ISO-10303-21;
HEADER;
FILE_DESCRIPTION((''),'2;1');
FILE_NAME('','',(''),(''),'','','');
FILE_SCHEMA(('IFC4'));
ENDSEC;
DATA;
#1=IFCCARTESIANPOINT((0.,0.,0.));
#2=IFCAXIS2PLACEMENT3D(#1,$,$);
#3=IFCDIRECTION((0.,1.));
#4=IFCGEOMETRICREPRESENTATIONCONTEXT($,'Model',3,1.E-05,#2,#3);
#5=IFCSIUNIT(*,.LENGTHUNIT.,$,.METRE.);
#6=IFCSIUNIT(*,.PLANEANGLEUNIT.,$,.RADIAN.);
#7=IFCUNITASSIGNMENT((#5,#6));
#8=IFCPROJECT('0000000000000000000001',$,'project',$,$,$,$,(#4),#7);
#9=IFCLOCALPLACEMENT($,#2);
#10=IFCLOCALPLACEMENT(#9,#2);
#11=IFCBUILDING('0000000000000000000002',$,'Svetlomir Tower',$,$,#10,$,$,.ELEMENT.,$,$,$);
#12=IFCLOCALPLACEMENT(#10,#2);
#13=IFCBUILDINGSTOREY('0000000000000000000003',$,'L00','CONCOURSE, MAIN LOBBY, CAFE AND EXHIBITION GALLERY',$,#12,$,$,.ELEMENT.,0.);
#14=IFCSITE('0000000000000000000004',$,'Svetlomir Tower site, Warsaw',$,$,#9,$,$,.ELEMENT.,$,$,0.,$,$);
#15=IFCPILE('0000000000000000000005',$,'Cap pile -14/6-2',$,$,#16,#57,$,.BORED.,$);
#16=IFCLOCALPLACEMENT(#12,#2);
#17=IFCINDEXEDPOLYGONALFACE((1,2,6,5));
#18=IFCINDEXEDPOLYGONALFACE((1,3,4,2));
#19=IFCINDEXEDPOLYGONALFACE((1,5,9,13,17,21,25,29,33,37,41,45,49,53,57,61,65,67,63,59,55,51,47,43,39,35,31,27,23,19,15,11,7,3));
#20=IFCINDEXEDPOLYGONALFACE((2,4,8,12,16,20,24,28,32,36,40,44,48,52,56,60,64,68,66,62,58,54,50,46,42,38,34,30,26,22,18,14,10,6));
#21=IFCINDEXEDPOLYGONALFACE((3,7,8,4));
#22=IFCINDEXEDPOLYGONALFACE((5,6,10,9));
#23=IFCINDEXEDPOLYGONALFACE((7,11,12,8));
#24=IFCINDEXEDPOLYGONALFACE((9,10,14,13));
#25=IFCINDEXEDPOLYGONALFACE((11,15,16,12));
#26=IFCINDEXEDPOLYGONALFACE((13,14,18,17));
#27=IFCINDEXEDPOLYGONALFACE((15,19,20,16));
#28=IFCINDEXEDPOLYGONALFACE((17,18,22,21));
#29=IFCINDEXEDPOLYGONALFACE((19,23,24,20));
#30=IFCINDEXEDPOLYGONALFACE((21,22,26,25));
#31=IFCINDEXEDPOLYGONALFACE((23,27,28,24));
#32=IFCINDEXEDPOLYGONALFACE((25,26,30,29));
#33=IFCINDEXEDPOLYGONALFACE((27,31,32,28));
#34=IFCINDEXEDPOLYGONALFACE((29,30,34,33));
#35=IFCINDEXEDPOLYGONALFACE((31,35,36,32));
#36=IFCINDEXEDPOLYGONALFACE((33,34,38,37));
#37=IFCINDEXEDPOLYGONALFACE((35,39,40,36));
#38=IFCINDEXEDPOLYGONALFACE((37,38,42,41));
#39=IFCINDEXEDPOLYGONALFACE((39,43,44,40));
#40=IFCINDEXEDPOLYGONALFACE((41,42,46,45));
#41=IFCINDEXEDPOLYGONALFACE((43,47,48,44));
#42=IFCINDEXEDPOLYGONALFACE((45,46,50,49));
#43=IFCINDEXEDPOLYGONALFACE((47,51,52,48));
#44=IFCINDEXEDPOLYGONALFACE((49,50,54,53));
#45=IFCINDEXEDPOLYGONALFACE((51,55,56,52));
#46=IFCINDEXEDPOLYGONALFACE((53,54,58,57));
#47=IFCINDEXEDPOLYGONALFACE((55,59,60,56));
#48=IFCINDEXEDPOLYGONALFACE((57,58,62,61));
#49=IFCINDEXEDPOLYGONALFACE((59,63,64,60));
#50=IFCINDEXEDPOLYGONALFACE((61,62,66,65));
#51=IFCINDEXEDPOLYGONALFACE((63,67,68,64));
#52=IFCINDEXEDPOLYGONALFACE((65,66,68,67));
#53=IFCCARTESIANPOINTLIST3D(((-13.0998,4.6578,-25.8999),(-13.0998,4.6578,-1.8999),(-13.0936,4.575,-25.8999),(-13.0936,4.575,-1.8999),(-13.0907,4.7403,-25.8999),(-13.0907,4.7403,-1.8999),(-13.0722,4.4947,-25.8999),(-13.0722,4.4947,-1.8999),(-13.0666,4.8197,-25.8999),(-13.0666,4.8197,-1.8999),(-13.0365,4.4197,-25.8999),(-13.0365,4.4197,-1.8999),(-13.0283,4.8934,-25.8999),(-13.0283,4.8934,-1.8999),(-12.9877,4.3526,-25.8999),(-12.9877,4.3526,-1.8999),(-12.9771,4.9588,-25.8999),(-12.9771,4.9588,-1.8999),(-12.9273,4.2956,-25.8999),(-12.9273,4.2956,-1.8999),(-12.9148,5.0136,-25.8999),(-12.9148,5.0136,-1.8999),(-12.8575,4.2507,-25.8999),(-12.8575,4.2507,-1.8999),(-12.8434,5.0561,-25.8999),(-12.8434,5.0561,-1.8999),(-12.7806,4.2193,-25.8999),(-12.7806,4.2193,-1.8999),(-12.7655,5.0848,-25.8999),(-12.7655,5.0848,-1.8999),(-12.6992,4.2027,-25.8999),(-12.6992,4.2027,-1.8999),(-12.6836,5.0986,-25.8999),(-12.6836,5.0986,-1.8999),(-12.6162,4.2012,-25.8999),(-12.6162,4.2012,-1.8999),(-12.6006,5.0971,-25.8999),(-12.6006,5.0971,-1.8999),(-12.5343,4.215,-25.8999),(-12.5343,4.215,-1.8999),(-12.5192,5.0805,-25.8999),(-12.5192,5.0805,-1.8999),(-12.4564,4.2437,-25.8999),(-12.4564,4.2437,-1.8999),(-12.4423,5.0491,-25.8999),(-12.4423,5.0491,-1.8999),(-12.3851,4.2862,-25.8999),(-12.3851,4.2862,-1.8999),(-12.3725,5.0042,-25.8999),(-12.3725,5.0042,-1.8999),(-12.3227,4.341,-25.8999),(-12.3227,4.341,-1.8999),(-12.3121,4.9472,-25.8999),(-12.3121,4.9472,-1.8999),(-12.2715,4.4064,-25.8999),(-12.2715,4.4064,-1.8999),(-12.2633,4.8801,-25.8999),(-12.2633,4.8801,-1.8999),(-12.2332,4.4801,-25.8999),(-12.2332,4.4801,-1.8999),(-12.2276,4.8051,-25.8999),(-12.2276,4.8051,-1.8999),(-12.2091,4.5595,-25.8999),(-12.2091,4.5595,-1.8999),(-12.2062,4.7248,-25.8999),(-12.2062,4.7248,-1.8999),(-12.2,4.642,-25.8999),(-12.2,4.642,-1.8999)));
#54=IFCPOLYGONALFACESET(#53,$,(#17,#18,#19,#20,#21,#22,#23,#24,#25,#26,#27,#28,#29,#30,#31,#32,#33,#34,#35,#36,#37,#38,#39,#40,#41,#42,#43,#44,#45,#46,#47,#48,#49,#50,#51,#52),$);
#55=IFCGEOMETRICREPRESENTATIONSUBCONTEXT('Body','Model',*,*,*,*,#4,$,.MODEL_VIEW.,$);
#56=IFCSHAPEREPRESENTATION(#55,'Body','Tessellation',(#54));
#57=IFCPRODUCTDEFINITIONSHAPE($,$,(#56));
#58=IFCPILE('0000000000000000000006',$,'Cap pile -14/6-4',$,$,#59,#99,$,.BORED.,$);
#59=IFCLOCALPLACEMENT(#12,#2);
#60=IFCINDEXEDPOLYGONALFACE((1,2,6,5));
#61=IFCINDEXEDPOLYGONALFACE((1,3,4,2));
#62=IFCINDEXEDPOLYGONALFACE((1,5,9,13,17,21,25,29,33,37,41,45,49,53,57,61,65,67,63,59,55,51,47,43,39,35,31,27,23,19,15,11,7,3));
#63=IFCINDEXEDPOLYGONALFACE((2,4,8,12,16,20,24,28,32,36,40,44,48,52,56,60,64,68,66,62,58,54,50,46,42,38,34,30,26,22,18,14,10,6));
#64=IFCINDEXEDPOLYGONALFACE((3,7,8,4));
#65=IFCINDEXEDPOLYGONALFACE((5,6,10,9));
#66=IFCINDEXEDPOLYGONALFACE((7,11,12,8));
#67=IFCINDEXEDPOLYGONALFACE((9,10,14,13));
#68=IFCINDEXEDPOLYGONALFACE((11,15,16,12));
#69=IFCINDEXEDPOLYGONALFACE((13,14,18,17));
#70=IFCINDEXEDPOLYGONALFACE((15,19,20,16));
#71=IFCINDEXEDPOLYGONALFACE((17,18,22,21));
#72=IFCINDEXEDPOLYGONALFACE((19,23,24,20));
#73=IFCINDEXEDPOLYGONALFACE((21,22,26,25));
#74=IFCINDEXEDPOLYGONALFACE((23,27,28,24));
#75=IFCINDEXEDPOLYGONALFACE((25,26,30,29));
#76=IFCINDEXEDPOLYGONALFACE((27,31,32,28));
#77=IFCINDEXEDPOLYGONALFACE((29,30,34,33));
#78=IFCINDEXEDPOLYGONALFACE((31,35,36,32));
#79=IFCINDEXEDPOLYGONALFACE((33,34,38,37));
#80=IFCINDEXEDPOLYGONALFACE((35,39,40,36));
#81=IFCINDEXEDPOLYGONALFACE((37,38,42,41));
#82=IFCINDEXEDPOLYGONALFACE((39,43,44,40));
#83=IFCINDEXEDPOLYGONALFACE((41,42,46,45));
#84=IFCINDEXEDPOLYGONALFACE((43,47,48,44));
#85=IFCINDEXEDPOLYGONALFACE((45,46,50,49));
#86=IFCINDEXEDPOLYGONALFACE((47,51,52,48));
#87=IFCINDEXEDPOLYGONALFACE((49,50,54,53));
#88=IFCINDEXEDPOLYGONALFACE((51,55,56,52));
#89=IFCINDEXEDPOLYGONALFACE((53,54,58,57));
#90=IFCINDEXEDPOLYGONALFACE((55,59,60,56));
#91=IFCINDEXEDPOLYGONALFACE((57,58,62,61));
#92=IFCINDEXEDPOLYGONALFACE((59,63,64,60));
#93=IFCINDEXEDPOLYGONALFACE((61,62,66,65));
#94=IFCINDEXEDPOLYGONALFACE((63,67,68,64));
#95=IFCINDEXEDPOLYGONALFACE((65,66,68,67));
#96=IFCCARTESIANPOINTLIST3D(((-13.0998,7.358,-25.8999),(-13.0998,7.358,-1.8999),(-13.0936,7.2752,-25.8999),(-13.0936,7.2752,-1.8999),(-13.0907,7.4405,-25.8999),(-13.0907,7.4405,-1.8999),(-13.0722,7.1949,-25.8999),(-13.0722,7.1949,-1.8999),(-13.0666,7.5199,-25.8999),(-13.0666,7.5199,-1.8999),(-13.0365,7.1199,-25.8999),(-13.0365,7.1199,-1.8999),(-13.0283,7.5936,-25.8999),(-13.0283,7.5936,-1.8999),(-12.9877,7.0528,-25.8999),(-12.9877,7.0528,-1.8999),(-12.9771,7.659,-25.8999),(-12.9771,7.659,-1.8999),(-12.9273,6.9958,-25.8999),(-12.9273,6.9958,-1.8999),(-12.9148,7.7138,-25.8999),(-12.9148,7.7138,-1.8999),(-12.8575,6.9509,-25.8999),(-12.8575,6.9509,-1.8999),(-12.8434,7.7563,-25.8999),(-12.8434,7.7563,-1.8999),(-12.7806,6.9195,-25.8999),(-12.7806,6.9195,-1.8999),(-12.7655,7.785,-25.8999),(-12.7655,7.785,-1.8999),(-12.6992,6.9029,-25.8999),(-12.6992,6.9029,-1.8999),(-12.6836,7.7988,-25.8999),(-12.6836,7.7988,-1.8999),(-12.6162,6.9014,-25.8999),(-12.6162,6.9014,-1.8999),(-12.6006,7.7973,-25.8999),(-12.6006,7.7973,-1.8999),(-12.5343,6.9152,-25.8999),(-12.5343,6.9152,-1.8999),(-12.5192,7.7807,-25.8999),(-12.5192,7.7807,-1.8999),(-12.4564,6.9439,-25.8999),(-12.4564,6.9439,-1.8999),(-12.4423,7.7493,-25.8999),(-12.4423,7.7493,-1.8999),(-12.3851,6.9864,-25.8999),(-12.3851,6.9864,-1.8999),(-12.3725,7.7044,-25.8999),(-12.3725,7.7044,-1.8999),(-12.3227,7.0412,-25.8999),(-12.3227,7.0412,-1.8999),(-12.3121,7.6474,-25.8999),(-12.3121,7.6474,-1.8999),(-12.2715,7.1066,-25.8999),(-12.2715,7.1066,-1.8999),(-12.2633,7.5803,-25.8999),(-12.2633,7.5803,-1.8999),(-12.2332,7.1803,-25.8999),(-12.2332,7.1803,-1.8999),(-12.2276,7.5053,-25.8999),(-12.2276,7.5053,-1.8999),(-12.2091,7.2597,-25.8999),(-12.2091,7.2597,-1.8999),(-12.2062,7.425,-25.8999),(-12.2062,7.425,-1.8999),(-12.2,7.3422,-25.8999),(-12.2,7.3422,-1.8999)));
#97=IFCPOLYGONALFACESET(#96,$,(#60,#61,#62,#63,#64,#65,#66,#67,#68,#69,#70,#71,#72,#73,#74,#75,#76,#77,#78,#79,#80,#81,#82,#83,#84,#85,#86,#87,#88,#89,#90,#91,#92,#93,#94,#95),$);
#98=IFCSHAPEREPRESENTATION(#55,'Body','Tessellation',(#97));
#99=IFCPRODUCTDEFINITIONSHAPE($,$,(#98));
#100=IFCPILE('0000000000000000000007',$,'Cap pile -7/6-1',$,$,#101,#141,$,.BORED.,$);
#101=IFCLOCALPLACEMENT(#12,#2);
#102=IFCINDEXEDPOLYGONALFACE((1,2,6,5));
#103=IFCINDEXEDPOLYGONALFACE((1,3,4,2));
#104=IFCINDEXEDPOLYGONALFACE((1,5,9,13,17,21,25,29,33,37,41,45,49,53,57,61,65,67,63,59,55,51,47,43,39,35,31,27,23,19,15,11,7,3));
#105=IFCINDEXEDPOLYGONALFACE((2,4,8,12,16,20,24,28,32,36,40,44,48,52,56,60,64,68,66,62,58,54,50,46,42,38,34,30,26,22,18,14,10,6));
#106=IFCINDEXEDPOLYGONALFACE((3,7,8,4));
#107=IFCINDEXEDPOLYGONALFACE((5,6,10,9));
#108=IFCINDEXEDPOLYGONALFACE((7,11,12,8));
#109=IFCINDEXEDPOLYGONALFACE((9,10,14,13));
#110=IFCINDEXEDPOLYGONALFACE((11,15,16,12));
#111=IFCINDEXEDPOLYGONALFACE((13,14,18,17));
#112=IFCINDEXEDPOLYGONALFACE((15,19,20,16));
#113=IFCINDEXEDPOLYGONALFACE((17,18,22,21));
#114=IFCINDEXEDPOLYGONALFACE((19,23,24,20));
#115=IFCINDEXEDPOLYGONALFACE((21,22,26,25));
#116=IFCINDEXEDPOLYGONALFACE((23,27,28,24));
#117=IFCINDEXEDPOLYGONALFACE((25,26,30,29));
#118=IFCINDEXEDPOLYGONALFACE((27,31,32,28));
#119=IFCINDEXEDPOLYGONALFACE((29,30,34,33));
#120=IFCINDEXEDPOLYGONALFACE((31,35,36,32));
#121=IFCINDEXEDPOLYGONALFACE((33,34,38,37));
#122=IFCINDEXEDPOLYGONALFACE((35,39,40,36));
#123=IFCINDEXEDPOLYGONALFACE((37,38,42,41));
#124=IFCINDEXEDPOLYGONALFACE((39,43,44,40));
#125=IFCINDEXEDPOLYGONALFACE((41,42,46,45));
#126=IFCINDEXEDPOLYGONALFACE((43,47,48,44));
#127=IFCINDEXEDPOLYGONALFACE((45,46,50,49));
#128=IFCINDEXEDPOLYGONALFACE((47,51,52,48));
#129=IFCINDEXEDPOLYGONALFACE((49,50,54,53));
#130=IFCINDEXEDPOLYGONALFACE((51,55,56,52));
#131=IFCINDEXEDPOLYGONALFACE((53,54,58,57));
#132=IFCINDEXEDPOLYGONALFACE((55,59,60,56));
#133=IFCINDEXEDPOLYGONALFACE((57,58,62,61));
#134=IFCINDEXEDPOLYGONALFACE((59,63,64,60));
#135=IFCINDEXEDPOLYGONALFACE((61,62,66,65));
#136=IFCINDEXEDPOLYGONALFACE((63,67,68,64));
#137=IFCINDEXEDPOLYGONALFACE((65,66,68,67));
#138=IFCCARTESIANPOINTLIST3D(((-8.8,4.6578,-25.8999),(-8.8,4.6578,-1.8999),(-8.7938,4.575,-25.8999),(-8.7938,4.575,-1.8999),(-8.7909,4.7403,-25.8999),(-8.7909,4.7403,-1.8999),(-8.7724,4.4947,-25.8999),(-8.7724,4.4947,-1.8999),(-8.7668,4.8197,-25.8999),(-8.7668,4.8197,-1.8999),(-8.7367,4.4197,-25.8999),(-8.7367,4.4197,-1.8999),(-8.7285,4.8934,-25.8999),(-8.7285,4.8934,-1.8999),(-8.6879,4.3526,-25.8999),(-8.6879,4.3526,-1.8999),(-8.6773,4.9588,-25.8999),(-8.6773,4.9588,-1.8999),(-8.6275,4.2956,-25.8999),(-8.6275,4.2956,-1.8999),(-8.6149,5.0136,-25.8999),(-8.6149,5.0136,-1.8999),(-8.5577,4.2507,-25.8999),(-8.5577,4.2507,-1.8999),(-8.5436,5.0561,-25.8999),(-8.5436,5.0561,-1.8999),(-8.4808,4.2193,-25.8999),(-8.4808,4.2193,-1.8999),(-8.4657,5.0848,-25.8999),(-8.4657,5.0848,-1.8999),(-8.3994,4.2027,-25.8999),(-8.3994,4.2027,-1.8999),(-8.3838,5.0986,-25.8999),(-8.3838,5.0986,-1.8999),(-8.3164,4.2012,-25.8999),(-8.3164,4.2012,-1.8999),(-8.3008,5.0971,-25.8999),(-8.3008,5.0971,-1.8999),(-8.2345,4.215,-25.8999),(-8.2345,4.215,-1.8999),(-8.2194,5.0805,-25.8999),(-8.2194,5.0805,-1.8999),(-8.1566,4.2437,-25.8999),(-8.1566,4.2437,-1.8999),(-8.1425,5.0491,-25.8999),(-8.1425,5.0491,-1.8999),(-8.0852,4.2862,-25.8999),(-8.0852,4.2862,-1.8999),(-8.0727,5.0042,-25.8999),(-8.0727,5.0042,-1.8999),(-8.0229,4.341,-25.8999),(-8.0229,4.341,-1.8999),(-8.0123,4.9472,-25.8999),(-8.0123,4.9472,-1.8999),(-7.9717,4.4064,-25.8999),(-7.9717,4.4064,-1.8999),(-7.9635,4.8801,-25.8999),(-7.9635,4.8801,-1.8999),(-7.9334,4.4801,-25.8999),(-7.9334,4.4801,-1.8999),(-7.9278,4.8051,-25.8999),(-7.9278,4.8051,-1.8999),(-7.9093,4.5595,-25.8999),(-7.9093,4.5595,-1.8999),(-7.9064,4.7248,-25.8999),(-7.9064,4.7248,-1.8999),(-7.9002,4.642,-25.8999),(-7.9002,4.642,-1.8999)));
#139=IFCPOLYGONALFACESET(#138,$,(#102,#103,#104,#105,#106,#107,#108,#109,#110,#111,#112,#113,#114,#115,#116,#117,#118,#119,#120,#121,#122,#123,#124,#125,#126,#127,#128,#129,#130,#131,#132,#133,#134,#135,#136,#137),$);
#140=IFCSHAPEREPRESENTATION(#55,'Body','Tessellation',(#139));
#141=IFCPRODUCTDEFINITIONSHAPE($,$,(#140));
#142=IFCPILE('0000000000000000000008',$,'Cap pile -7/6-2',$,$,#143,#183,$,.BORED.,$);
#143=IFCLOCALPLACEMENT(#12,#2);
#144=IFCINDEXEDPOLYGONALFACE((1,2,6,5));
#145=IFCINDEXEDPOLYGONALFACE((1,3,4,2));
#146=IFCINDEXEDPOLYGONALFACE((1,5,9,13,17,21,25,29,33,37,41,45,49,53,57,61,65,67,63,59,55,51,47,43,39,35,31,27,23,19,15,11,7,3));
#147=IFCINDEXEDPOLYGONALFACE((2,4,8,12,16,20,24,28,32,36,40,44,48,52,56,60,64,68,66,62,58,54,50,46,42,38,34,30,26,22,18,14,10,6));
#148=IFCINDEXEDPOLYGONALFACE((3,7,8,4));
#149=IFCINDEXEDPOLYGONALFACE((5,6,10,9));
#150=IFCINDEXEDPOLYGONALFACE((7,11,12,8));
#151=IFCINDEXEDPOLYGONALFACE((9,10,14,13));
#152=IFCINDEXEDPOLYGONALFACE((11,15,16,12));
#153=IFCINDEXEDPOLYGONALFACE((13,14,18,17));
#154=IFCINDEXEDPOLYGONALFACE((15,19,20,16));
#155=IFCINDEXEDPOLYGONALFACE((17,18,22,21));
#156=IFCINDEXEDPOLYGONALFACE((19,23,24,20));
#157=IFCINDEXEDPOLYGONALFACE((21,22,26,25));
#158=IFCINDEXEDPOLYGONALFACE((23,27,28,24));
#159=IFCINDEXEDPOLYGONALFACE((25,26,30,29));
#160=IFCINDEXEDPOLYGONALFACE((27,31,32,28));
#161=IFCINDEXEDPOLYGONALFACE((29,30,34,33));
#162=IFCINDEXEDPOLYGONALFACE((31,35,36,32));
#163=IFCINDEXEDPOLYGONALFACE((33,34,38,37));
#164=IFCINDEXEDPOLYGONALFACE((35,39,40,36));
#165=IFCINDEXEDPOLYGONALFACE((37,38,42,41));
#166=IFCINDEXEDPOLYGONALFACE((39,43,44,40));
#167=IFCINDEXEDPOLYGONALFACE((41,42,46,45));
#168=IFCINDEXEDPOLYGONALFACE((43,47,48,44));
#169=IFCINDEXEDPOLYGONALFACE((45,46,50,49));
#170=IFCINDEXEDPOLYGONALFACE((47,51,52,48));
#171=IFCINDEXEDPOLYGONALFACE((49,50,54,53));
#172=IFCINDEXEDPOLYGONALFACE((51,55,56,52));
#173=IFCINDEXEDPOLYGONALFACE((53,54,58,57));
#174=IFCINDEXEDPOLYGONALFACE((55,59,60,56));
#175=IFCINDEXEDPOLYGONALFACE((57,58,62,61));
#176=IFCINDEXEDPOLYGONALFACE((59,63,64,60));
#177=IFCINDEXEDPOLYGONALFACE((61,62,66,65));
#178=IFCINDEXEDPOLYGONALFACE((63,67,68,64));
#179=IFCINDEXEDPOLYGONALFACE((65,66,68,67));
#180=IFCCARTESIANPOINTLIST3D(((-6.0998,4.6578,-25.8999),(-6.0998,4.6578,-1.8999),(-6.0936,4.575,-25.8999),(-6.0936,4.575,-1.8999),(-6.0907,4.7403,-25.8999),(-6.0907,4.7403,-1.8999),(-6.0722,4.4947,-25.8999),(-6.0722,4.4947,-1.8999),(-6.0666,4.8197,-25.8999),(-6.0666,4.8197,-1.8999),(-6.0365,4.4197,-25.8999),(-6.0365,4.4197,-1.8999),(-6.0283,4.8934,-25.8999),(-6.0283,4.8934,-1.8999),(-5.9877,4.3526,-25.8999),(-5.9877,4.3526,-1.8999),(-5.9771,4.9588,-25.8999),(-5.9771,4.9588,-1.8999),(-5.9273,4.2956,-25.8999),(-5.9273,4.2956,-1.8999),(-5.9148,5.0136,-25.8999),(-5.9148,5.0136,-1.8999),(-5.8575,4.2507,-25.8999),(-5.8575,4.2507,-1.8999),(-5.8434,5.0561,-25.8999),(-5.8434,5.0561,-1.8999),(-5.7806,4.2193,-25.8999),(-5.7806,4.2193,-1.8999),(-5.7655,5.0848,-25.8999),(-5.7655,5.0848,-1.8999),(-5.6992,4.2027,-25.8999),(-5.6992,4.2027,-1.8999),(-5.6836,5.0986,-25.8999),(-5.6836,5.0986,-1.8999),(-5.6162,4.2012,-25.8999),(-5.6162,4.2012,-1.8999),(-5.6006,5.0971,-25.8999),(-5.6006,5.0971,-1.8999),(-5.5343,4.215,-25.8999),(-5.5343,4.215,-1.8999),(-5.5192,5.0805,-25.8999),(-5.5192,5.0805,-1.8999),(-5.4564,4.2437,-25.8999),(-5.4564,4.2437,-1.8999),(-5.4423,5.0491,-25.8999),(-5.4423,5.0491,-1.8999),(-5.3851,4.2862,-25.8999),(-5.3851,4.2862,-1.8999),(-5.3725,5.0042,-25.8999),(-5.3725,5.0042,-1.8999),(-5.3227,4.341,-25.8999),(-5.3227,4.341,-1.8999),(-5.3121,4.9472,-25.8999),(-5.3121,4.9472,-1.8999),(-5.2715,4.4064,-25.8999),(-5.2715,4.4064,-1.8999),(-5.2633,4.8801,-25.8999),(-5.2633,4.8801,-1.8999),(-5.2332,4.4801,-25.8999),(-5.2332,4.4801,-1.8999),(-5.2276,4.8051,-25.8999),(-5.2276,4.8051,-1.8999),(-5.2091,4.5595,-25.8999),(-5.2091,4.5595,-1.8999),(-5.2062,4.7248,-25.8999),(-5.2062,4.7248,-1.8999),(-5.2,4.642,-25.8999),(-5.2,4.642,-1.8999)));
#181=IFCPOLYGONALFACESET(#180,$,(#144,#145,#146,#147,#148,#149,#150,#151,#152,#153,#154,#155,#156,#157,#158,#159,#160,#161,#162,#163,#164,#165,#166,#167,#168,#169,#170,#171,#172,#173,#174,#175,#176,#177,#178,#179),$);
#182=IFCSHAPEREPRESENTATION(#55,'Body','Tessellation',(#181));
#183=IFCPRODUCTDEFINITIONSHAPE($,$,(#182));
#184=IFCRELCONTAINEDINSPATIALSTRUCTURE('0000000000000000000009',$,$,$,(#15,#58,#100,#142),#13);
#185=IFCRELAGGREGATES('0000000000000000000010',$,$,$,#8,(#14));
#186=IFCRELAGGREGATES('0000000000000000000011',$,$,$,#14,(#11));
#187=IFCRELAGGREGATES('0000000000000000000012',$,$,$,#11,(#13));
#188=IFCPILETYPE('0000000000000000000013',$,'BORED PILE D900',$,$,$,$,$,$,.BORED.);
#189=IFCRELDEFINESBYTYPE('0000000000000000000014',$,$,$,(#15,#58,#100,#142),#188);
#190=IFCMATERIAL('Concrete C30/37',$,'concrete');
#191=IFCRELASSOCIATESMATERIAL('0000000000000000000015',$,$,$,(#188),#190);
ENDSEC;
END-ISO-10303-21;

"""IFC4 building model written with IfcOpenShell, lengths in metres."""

from ifc_helpers import new_model, si_unit, direction, frame, frame_2d, origin, origin_2d, place, context, subcontext, project, spatial, circle, extrude, material, material_profile, profile_set, type_object, element, save


model = new_model("IFC4")

# Units and contexts
model_context = context("Model", 3, precision=1e-05, world=origin(), true_north=direction((0.0, 1.0)))
body_context = subcontext(model_context, "Body", "Model", "MODEL_VIEW")
ifc_project = project(units=[si_unit("LENGTHUNIT", "METRE"), si_unit("PLANEANGLEUNIT", "RADIAN")], contexts=[model_context])

# Site, building, storey
site_placement = place(None, origin())
site = spatial("IfcSite", under=ifc_project, at=site_placement, Name="Svetlomir Tower site, Warsaw", CompositionType="ELEMENT", RefElevation=0.0)
building_placement = place(site_placement, origin())
building = spatial("IfcBuilding", under=site, at=building_placement, Name="Svetlomir Tower", CompositionType="ELEMENT")
storey_placement = place(building_placement, origin())
storey = spatial("IfcBuildingStorey", under=building, at=storey_placement, Name="L00", Description="CONCOURSE, MAIN LOBBY, CAFE AND EXHIBITION GALLERY", CompositionType="ELEMENT", Elevation=0.0)

# Piles
ifc_material_1 = material(Name="Concrete C30/37", Category="concrete")
ifc_material_profile_1 = material_profile(ifc_material_1, circle(Radius=0.45, at=origin_2d()), Name="RC D900")
ifc_profile_set_1 = profile_set([ifc_material_profile_1], Name="Concrete C30/37")
pile_type_1 = type_object("IfcPileType", Name="BORED PILE D900", PredefinedType="BORED", material=ifc_profile_set_1)
for number, where, z_axis, x_axis, name in (
    (1, (-12.6499, 4.6499, -1.8999), (0.0, 0.0, -1.0), (1.0, 0.0, 0.0), "Cap pile -14/6-2"),
    (2, (-12.6499, 7.3501, -1.8999), (0.0, 0.0, -1.0), (1.0, 0.0, 0.0), "Cap pile -14/6-4"),
    (3, (-8.3501, 4.6499, -1.8999), (0.0, 0.0, -1.0), (1.0, 0.0, 0.0), "Cap pile -7/6-1"),
    (4, (-5.6499, 4.6499, -1.8999), (0.0, 0.0, -1.0), (1.0, 0.0, 0.0), "Cap pile -7/6-2"),
):
    element("IfcPile", number, at=place(storey_placement, frame(where, z_axis=z_axis, x_axis=x_axis)), inside=storey, type_object=pile_type_1, Name=name, PredefinedType="BORED", context=body_context, shape_type="SweptSolid", body=[
        extrude(circle(Radius=0.45, at=frame_2d((0.0, 0.0), x_axis=(0.999848, 0.017452))), origin(), (0.0, 0.0, 1.0), 24.0),
    ])

save(model, "model.ifc")
